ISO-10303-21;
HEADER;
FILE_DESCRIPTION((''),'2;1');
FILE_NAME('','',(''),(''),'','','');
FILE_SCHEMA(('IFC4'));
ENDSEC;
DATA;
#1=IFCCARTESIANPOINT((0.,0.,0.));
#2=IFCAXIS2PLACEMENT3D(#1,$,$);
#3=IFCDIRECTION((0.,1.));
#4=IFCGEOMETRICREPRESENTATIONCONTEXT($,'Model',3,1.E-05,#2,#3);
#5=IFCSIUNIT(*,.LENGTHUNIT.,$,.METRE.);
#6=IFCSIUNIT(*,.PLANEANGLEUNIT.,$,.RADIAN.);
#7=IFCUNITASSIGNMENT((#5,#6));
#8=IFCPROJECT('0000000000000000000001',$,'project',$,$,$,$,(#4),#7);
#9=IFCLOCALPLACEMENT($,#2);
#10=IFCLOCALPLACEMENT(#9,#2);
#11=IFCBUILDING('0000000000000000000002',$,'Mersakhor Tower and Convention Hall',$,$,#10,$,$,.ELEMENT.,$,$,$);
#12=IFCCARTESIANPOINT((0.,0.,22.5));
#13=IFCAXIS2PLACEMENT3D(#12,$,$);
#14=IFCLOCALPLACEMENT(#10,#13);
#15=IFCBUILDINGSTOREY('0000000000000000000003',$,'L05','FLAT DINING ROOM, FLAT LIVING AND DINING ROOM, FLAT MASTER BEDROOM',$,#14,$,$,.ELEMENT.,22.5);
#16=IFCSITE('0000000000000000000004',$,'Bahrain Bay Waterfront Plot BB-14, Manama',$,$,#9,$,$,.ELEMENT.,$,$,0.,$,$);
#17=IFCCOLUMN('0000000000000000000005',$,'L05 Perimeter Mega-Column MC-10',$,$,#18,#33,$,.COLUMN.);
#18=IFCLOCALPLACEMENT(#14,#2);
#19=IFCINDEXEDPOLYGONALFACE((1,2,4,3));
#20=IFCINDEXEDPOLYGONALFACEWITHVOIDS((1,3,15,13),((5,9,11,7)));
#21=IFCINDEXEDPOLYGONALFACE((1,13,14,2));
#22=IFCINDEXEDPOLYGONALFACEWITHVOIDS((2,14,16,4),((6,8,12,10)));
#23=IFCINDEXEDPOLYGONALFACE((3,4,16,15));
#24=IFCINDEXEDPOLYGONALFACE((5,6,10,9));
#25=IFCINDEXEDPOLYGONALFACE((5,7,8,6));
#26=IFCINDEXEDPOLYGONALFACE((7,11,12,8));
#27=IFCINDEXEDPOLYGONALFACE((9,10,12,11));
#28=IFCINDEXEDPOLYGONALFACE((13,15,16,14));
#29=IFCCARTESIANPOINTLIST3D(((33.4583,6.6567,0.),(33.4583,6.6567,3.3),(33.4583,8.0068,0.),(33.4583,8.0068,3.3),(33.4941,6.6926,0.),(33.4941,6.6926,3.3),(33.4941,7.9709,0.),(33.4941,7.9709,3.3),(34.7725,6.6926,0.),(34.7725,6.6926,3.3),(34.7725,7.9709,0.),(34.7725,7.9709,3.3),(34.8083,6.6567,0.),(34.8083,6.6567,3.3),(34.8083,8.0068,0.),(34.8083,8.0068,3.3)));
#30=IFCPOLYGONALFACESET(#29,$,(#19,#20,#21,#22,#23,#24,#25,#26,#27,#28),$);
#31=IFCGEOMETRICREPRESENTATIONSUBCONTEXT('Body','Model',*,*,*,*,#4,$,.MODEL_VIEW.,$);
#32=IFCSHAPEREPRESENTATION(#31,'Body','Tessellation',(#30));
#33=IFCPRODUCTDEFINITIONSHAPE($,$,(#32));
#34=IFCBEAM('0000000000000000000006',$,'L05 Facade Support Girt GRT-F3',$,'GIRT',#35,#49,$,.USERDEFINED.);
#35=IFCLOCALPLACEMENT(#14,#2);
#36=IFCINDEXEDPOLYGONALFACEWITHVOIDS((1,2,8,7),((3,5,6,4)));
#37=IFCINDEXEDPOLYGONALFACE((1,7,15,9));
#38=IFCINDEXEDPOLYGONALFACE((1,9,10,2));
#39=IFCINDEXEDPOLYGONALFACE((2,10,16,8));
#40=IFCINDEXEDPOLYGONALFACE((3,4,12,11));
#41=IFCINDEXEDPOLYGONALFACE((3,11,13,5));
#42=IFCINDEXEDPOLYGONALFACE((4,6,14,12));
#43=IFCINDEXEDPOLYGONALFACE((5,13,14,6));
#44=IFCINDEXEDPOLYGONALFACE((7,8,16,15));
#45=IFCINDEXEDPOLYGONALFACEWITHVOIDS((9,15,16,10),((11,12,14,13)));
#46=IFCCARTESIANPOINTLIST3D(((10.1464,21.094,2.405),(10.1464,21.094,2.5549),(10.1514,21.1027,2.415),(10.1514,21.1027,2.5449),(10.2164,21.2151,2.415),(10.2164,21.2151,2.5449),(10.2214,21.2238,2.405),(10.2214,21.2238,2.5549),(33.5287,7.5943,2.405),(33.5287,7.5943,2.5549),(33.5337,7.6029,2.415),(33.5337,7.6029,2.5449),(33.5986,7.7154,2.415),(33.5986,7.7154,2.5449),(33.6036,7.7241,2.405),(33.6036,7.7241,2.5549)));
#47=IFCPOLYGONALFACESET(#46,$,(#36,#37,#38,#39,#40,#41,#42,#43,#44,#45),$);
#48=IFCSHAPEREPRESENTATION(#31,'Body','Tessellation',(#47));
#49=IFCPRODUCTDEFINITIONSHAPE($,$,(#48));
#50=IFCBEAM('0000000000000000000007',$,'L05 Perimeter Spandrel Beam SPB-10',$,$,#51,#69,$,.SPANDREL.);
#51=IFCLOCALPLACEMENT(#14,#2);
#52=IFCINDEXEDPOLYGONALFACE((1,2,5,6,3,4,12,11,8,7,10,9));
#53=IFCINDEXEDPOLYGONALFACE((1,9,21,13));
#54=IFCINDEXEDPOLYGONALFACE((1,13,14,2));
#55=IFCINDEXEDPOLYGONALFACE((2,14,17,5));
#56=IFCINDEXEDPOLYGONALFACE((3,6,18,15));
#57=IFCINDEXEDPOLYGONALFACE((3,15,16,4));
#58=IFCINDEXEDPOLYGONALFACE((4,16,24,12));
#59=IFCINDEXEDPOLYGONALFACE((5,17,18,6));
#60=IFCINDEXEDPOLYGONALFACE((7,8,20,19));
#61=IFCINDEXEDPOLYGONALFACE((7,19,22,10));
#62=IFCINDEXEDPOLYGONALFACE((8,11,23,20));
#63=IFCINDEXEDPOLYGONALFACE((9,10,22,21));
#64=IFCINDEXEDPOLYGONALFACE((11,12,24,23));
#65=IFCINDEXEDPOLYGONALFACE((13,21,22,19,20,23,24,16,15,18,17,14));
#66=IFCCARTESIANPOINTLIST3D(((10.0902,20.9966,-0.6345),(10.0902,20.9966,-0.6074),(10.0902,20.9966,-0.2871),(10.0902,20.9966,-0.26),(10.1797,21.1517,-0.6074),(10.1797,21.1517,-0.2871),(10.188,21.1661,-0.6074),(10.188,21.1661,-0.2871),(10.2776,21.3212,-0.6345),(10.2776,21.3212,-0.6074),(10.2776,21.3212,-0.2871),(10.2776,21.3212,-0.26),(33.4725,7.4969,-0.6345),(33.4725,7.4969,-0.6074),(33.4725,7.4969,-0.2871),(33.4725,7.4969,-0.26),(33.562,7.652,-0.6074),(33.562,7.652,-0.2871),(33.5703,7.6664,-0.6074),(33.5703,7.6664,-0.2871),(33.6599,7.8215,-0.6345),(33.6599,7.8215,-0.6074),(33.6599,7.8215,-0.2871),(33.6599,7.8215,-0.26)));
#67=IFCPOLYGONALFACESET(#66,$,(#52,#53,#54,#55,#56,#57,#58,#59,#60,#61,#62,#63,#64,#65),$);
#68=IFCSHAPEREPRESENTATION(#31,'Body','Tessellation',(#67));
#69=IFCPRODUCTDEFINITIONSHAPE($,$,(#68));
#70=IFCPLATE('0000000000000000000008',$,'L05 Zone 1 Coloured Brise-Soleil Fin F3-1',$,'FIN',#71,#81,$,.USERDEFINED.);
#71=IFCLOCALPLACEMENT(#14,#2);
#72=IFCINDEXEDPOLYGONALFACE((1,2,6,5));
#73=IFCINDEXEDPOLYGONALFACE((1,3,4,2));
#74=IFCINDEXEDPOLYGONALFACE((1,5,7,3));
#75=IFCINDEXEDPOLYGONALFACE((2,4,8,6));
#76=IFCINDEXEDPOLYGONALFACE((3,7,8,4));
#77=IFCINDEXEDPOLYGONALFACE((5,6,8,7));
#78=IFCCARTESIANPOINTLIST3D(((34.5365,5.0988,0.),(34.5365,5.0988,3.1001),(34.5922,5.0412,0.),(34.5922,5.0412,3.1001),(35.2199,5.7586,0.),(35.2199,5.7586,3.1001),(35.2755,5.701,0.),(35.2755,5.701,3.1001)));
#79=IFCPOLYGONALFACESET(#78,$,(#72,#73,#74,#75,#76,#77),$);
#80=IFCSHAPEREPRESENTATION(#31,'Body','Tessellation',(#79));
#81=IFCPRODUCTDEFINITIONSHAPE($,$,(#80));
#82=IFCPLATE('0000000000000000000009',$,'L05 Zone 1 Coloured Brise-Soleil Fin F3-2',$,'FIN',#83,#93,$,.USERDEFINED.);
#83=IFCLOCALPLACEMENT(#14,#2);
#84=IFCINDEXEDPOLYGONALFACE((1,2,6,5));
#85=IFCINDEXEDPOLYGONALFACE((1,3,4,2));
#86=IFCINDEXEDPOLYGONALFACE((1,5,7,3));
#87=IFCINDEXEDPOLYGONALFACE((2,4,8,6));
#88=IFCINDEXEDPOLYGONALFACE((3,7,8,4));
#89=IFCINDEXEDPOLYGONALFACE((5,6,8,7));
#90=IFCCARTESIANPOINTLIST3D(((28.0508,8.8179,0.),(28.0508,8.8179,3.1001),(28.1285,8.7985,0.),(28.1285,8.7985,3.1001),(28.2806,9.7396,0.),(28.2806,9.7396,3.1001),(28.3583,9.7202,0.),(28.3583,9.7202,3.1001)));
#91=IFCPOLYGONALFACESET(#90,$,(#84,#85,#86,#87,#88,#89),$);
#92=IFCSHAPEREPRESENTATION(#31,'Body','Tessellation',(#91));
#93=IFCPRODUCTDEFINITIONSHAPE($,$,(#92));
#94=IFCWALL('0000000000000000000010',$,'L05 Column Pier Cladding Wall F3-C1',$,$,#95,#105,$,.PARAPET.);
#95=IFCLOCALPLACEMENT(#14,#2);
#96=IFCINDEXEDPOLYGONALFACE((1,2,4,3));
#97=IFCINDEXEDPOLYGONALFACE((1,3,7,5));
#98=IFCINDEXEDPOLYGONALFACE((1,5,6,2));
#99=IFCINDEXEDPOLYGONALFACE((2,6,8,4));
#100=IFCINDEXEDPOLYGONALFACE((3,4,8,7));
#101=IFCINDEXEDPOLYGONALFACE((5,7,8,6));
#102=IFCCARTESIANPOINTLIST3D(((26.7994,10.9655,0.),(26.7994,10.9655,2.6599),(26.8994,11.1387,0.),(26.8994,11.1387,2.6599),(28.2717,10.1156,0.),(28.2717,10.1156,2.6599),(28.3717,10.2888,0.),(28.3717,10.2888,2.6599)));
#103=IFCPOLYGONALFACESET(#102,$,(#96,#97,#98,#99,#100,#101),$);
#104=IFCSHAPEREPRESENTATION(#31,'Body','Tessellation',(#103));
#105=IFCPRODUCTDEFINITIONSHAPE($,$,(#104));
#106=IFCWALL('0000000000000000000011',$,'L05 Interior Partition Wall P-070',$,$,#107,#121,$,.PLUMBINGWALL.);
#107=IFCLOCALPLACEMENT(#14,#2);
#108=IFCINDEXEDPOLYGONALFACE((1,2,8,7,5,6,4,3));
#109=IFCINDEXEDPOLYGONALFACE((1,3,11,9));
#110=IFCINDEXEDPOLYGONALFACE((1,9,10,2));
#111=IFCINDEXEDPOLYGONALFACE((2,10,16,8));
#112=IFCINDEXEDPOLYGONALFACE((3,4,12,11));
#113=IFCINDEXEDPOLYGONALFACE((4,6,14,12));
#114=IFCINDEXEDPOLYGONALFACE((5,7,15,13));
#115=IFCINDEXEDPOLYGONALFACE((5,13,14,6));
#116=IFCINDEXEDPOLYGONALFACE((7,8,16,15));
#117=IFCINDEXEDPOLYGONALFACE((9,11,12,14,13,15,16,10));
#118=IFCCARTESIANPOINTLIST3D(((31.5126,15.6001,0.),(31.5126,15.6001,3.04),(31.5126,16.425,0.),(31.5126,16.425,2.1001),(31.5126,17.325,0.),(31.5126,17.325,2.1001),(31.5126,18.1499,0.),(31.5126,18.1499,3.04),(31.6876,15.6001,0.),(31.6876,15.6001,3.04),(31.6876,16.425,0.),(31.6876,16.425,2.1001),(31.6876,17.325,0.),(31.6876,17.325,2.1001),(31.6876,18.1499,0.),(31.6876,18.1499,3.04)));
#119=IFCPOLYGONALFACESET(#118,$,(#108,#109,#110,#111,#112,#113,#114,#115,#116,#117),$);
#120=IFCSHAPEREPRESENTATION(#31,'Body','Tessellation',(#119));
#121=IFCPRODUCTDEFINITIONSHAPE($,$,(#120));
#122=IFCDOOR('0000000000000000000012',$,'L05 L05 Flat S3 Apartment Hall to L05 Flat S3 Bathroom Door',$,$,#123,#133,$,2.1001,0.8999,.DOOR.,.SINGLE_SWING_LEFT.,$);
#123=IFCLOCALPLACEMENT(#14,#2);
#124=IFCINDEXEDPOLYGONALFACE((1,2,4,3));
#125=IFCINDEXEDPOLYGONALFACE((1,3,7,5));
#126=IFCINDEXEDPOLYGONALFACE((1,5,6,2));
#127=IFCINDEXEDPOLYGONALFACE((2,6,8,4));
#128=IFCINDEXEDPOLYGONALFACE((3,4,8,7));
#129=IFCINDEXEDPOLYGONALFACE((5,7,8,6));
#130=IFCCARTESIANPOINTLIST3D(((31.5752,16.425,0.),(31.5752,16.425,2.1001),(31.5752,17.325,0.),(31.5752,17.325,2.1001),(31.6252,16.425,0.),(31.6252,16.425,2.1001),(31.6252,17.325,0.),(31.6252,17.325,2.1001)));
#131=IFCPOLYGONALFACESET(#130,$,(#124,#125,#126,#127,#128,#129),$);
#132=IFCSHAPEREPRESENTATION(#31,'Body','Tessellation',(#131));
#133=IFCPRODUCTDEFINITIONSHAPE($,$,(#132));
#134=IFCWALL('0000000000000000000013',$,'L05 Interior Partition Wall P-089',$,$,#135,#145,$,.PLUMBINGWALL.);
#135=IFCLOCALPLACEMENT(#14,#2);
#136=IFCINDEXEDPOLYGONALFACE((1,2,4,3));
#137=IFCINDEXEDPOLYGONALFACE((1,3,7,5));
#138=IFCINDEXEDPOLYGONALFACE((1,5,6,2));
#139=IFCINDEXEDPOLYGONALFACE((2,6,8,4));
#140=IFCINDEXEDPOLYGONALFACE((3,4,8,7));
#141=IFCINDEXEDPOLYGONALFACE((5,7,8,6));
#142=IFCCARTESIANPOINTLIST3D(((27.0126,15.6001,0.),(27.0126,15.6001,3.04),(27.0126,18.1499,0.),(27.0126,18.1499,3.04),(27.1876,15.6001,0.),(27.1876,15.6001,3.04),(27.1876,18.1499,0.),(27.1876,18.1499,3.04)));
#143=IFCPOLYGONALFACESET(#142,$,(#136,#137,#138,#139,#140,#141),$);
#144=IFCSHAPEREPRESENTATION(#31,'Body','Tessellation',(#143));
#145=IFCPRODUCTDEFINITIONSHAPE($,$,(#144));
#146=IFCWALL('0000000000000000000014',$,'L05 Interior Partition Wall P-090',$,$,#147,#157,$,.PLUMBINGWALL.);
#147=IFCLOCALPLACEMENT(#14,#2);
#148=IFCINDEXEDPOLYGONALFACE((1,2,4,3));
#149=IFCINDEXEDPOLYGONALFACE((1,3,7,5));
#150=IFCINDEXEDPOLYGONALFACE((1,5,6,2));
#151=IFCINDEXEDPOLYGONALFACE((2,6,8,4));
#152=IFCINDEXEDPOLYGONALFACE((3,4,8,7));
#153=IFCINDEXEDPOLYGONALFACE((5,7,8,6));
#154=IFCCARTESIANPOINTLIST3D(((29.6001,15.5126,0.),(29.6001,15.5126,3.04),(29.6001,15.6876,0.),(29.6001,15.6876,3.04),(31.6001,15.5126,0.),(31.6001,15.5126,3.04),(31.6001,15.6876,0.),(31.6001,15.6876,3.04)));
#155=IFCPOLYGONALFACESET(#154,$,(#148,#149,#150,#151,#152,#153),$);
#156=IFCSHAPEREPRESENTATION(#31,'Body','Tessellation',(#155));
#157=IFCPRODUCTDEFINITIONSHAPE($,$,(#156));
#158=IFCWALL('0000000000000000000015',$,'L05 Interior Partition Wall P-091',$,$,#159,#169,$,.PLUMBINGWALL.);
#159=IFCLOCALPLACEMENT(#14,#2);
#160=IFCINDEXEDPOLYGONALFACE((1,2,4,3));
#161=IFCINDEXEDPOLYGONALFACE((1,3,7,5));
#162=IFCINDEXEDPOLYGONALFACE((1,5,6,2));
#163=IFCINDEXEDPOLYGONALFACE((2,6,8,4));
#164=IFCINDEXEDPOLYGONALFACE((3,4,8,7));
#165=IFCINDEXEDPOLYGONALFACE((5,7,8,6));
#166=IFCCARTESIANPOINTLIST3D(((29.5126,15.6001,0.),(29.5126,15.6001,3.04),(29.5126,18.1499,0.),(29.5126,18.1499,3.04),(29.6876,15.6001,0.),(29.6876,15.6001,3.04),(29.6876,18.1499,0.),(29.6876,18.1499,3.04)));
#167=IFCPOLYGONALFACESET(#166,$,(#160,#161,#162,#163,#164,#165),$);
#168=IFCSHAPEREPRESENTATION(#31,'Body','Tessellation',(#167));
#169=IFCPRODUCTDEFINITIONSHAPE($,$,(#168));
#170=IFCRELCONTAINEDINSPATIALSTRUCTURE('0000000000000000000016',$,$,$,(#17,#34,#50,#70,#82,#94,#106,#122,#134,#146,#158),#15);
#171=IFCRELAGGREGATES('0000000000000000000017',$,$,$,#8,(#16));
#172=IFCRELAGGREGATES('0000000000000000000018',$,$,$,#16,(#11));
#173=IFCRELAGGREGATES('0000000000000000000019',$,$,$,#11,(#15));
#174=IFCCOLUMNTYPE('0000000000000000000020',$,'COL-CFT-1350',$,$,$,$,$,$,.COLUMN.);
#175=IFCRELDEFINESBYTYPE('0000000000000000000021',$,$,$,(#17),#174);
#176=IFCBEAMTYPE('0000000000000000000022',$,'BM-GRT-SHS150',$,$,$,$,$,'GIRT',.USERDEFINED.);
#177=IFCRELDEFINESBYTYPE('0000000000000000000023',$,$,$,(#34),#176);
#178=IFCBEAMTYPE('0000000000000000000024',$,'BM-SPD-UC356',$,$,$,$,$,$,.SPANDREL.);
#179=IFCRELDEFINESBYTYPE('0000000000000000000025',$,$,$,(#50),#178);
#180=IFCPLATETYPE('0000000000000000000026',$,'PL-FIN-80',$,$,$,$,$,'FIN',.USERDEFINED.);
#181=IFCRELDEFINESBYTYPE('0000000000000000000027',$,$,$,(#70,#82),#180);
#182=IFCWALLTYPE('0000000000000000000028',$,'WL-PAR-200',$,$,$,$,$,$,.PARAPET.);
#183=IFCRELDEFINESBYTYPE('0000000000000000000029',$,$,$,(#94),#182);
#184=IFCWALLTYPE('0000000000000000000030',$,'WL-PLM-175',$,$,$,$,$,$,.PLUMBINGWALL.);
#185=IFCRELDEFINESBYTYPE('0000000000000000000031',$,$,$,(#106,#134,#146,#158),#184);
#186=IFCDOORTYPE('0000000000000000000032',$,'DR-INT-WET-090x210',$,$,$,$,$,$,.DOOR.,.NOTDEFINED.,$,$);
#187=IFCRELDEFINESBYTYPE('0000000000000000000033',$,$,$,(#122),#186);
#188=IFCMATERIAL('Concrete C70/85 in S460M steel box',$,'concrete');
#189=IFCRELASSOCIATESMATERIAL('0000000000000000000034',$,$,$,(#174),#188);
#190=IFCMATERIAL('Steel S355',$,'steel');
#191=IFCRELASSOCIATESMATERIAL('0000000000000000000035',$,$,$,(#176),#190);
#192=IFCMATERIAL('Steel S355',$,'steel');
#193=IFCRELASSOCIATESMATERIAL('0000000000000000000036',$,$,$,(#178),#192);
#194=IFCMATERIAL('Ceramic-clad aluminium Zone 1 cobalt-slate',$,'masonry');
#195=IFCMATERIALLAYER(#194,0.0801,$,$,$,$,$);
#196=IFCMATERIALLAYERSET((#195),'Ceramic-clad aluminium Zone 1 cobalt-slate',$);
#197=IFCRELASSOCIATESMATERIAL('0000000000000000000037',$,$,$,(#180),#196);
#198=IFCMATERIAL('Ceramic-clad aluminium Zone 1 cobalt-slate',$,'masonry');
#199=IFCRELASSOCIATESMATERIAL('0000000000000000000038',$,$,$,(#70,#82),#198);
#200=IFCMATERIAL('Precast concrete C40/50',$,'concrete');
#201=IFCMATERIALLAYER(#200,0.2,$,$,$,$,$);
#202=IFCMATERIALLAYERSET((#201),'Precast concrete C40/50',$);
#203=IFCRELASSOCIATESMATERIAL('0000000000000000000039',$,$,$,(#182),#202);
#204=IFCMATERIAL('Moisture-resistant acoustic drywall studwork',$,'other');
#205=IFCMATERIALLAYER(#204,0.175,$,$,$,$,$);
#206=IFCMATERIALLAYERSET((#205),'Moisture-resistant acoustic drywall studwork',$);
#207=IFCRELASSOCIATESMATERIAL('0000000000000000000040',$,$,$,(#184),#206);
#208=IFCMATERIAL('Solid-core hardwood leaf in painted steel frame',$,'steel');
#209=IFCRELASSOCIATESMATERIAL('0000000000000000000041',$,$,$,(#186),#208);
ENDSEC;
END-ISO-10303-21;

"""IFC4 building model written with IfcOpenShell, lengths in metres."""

from ifc_helpers import new_model, si_unit, direction, frame, frame_2d, origin, origin_2d, place, context, subcontext, project, spatial, rectangle, hollow_rectangle, i_section, extrude, material, layer, layer_set, material_profile, profile_set, type_object, element, fill, save


model = new_model("IFC4")

# Units and contexts
model_context = context("Model", 3, precision=1e-05, world=origin(), true_north=direction((0.0, 1.0)))
body_context = subcontext(model_context, "Body", "Model", "MODEL_VIEW")
ifc_project = project(units=[si_unit("LENGTHUNIT", "METRE"), si_unit("PLANEANGLEUNIT", "RADIAN")], contexts=[model_context])

# Site, building, storey
site_placement = place(None, origin())
site = spatial("IfcSite", under=ifc_project, at=site_placement, Name="Bahrain Bay Waterfront Plot BB-14, Manama", CompositionType="ELEMENT", RefElevation=0.0)
building_placement = place(site_placement, origin())
building = spatial("IfcBuilding", under=site, at=building_placement, Name="Mersakhor Tower and Convention Hall", CompositionType="ELEMENT")
storey_placement = place(building_placement, frame((0.0, 0.0, 22.5)))
storey = spatial("IfcBuildingStorey", under=building, at=storey_placement, Name="L05", Description="FLAT DINING ROOM, FLAT LIVING AND DINING ROOM, FLAT MASTER BEDROOM", CompositionType="ELEMENT", Elevation=22.5)

# Column
ifc_material_1 = material(Name="Concrete C70/85 in S460M steel box", Category="concrete")
ifc_material_profile_1 = material_profile(ifc_material_1, hollow_rectangle(XDim=1.3501, YDim=1.3501, WallThickness=0.0359, at=origin_2d()), Name="SHS 1350x1350x36")
ifc_profile_set_1 = profile_set([ifc_material_profile_1], Name="Concrete C70/85 in S460M steel box")
column_type = type_object("IfcColumnType", Name="COL-CFT-1350", PredefinedType="COLUMN", material=ifc_profile_set_1)
column_placement = place(storey_placement, frame((34.1333, 7.3318, 0.0), z_axis=(0.0, 0.0, 1.0), x_axis=(1.0, 0.0, 0.0)))
element("IfcColumn", 1, at=column_placement, inside=storey, type_object=column_type, Name="L05 Perimeter Mega-Column MC-10", PredefinedType="COLUMN", context=body_context, shape_type="SweptSolid", body=[
    extrude(hollow_rectangle(XDim=1.3501, YDim=1.3501, WallThickness=0.0359, at=origin_2d()), origin(), (0.0, 0.0, 1.0), 3.3),
])

# Beams
ifc_material_2 = material(Name="Steel S355", Category="steel")
ifc_material_profile_2 = material_profile(ifc_material_2, hollow_rectangle(XDim=0.1499, YDim=0.1499, WallThickness=0.01, at=origin_2d()), Name="SHS 150x150x10")
ifc_profile_set_2 = profile_set([ifc_material_profile_2], Name="Steel S355")
beam_type_1 = type_object("IfcBeamType", Name="BM-GRT-SHS150", ElementType="GIRT", PredefinedType="USERDEFINED", material=ifc_profile_set_2)
beam_1_placement = place(storey_placement, frame((33.5662, 7.6592, 2.48), z_axis=(-0.866026, 0.499999, 0.0), x_axis=(-0.499999, -0.866026, 0.0)))
element("IfcBeam", 2, at=beam_1_placement, inside=storey, type_object=beam_type_1, Name="L05 Facade Support Girt GRT-F3", ObjectType="GIRT", PredefinedType="USERDEFINED", context=body_context, shape_type="SweptSolid", body=[
    extrude(hollow_rectangle(XDim=0.1499, YDim=0.1499, WallThickness=0.01, at=origin_2d()), origin(), (0.0, 0.0, 1.0), 26.9995),
])
ifc_material_3 = material(Name="Steel S355", Category="steel")
ifc_material_profile_3 = material_profile(ifc_material_3, i_section(OverallWidth=0.3748, OverallDepth=0.3745, WebThickness=0.0166, FlangeThickness=0.0271, at=origin_2d()), Name="UC 356x368x202")
ifc_profile_set_3 = profile_set([ifc_material_profile_3], Name="Steel S355")
beam_type_2 = type_object("IfcBeamType", Name="BM-SPD-UC356", PredefinedType="SPANDREL", material=ifc_profile_set_3)
beam_2_placement = place(storey_placement, frame((33.5662, 7.6592, -0.4473), z_axis=(-0.866026, 0.499999, 0.0), x_axis=(-0.499999, -0.866026, 0.0)))
element("IfcBeam", 3, at=beam_2_placement, inside=storey, type_object=beam_type_2, Name="L05 Perimeter Spandrel Beam SPB-10", PredefinedType="SPANDREL", context=body_context, shape_type="SweptSolid", body=[
    extrude(i_section(OverallWidth=0.3748, OverallDepth=0.3745, WebThickness=0.0166, FlangeThickness=0.0271, at=origin_2d()), origin(), (0.0, 0.0, 1.0), 26.9995),
])

# Plates
ifc_material_4 = material(Name="Ceramic-clad aluminium Zone 1 cobalt-slate", Category="masonry")
ifc_material_5 = material(Name="Ceramic-clad aluminium Zone 1 cobalt-slate", Category="masonry")
ifc_layer_1 = layer(ifc_material_5, 0.0801)
ifc_layer_set_1 = layer_set([ifc_layer_1], Name="Ceramic-clad aluminium Zone 1 cobalt-slate")
plate_type = type_object("IfcPlateType", Name="PL-FIN-80", ElementType="FIN", PredefinedType="USERDEFINED", material=ifc_layer_set_1)
for number, where, z_axis, x_axis, name in (
    (4, (34.906, 5.3999, 0.0), (0.0, 0.0, 1.0), (-0.71934, -0.694658, 0.0), "L05 Zone 1 Coloured Brise-Soleil Fin F3-1"),
    (5, (28.2046, 9.269, 0.0), (0.0, 0.0, 1.0), (-0.241922, -0.970296, 0.0), "L05 Zone 1 Coloured Brise-Soleil Fin F3-2"),
):
    element("IfcPlate", number, at=place(storey_placement, frame(where, z_axis=z_axis, x_axis=x_axis)), inside=storey, type_object=plate_type, material=ifc_material_4, Name=name, ObjectType="FIN", PredefinedType="USERDEFINED", context=body_context, shape_type="SweptSolid", body=[
        extrude(rectangle(XDim=0.95, YDim=0.0801, at=origin_2d()), origin(), (0.0, 0.0, 1.0), 3.1001),
    ])

# Wall
ifc_material_6 = material(Name="Precast concrete C40/50", Category="concrete")
ifc_layer_2 = layer(ifc_material_6, 0.2)
ifc_layer_set_2 = layer_set([ifc_layer_2], Name="Precast concrete C40/50")
wall_type_1 = type_object("IfcWallType", Name="WL-PAR-200", PredefinedType="PARAPET", material=ifc_layer_set_2)
wall_1_placement = place(storey_placement, frame((28.3218, 10.2021, 0.0), z_axis=(0.0, 0.0, 1.0), x_axis=(-0.866052, 0.499955, 0.0)))
element("IfcWall", 6, at=wall_1_placement, inside=storey, type_object=wall_type_1, Name="L05 Column Pier Cladding Wall F3-C1", PredefinedType="PARAPET", context=body_context, shape_type="SweptSolid", body=[
    extrude(rectangle(XDim=1.7, YDim=0.2, at=frame_2d((0.8501, 0.0))), origin(), (0.0, 0.0, 1.0), 2.6599),
])

# Wall, opening, door
ifc_material_7 = material(Name="Moisture-resistant acoustic drywall studwork", Category="other")
ifc_layer_3 = layer(ifc_material_7, 0.175)
ifc_layer_set_3 = layer_set([ifc_layer_3], Name="Moisture-resistant acoustic drywall studwork")
wall_type_2 = type_object("IfcWallType", Name="WL-PLM-175", PredefinedType="PLUMBINGWALL", material=ifc_layer_set_3)
wall_2_placement = place(storey_placement, frame((31.6001, 15.6001, 0.0), z_axis=(0.0, 0.0, 1.0), x_axis=(0.0, 1.0, 0.0)))
wall_2 = element("IfcWall", 7, at=wall_2_placement, inside=storey, type_object=wall_type_2, Name="L05 Interior Partition Wall P-070", PredefinedType="PLUMBINGWALL", context=body_context, shape_type="SweptSolid", body=[
    extrude(rectangle(XDim=2.5498, YDim=0.175, at=frame_2d((1.2749, 0.0))), origin(), (0.0, 0.0, 1.0), 3.04),
])
opening_1_placement = place(wall_2_placement, frame((0.825, 0.0, 0.0)))
opening_1 = element("IfcOpeningElement", 8, at=opening_1_placement, cuts=wall_2, PredefinedType="OPENING", context=body_context, shape_type="SweptSolid", body=[
    extrude(rectangle(XDim=0.8999, YDim=2.1001, at=frame_2d((0.45, 1.05))), frame((0.0, 0.0974, 0.0), z_axis=(0.0, -1.0, 0.0), x_axis=(1.0, 0.0, 0.0)), (0.0, 0.0, 1.0), 0.1951),
])
ifc_material_8 = material(Name="Solid-core hardwood leaf in painted steel frame", Category="steel")
door_type_1 = type_object("IfcDoorType", Name="DR-INT-WET-090x210", OperationType="NOTDEFINED", PredefinedType="DOOR", material=ifc_material_8)
door_1_placement = place(opening_1_placement, origin())
door_1 = element("IfcDoor", 9, at=door_1_placement, inside=storey, type_object=door_type_1, Name="L05 L05 Flat S3 Apartment Hall to L05 Flat S3 Bathroom Door", OperationType="SINGLE_SWING_LEFT", OverallHeight=2.1001, OverallWidth=0.8999, PredefinedType="DOOR", context=body_context, shape_type="SweptSolid", body=[
    extrude(rectangle(XDim=0.8999, YDim=2.1001, at=frame_2d((0.45, 1.05))), frame((0.0, 0.0249, 0.0), z_axis=(0.0, -1.0, 0.0), x_axis=(1.0, 0.0, 0.0)), (0.0, 0.0, 1.0), 0.05),
])
fill(opening_1, door_1)

# Walls
wall_3_placement = place(storey_placement, frame((27.1001, 18.1499, 0.0), z_axis=(0.0, 0.0, 1.0), x_axis=(0.0, -1.0, 0.0)))
element("IfcWall", 10, at=wall_3_placement, inside=storey, type_object=wall_type_2, Name="L05 Interior Partition Wall P-089", PredefinedType="PLUMBINGWALL", context=body_context, shape_type="SweptSolid", body=[
    extrude(rectangle(XDim=2.5498, YDim=0.175, at=frame_2d((1.2749, 0.0))), origin(), (0.0, 0.0, 1.0), 3.04),
])
wall_4_placement = place(storey_placement, frame((31.6001, 15.6001, 0.0), z_axis=(0.0, 0.0, 1.0), x_axis=(-1.0, 0.0, 0.0)))
element("IfcWall", 11, at=wall_4_placement, inside=storey, type_object=wall_type_2, Name="L05 Interior Partition Wall P-090", PredefinedType="PLUMBINGWALL", context=body_context, shape_type="SweptSolid", body=[
    extrude(rectangle(XDim=2.0, YDim=0.175, at=frame_2d((1.0, 0.0))), origin(), (0.0, 0.0, 1.0), 3.04),
])
wall_5_placement = place(storey_placement, frame((29.6001, 15.6001, 0.0), z_axis=(0.0, 0.0, 1.0), x_axis=(0.0, 1.0, 0.0)))
element("IfcWall", 12, at=wall_5_placement, inside=storey, type_object=wall_type_2, Name="L05 Interior Partition Wall P-091", PredefinedType="PLUMBINGWALL", context=body_context, shape_type="SweptSolid", body=[
    extrude(rectangle(XDim=2.5498, YDim=0.175, at=frame_2d((1.2749, 0.0))), origin(), (0.0, 0.0, 1.0), 3.04),
])

save(model, "model.ifc")
